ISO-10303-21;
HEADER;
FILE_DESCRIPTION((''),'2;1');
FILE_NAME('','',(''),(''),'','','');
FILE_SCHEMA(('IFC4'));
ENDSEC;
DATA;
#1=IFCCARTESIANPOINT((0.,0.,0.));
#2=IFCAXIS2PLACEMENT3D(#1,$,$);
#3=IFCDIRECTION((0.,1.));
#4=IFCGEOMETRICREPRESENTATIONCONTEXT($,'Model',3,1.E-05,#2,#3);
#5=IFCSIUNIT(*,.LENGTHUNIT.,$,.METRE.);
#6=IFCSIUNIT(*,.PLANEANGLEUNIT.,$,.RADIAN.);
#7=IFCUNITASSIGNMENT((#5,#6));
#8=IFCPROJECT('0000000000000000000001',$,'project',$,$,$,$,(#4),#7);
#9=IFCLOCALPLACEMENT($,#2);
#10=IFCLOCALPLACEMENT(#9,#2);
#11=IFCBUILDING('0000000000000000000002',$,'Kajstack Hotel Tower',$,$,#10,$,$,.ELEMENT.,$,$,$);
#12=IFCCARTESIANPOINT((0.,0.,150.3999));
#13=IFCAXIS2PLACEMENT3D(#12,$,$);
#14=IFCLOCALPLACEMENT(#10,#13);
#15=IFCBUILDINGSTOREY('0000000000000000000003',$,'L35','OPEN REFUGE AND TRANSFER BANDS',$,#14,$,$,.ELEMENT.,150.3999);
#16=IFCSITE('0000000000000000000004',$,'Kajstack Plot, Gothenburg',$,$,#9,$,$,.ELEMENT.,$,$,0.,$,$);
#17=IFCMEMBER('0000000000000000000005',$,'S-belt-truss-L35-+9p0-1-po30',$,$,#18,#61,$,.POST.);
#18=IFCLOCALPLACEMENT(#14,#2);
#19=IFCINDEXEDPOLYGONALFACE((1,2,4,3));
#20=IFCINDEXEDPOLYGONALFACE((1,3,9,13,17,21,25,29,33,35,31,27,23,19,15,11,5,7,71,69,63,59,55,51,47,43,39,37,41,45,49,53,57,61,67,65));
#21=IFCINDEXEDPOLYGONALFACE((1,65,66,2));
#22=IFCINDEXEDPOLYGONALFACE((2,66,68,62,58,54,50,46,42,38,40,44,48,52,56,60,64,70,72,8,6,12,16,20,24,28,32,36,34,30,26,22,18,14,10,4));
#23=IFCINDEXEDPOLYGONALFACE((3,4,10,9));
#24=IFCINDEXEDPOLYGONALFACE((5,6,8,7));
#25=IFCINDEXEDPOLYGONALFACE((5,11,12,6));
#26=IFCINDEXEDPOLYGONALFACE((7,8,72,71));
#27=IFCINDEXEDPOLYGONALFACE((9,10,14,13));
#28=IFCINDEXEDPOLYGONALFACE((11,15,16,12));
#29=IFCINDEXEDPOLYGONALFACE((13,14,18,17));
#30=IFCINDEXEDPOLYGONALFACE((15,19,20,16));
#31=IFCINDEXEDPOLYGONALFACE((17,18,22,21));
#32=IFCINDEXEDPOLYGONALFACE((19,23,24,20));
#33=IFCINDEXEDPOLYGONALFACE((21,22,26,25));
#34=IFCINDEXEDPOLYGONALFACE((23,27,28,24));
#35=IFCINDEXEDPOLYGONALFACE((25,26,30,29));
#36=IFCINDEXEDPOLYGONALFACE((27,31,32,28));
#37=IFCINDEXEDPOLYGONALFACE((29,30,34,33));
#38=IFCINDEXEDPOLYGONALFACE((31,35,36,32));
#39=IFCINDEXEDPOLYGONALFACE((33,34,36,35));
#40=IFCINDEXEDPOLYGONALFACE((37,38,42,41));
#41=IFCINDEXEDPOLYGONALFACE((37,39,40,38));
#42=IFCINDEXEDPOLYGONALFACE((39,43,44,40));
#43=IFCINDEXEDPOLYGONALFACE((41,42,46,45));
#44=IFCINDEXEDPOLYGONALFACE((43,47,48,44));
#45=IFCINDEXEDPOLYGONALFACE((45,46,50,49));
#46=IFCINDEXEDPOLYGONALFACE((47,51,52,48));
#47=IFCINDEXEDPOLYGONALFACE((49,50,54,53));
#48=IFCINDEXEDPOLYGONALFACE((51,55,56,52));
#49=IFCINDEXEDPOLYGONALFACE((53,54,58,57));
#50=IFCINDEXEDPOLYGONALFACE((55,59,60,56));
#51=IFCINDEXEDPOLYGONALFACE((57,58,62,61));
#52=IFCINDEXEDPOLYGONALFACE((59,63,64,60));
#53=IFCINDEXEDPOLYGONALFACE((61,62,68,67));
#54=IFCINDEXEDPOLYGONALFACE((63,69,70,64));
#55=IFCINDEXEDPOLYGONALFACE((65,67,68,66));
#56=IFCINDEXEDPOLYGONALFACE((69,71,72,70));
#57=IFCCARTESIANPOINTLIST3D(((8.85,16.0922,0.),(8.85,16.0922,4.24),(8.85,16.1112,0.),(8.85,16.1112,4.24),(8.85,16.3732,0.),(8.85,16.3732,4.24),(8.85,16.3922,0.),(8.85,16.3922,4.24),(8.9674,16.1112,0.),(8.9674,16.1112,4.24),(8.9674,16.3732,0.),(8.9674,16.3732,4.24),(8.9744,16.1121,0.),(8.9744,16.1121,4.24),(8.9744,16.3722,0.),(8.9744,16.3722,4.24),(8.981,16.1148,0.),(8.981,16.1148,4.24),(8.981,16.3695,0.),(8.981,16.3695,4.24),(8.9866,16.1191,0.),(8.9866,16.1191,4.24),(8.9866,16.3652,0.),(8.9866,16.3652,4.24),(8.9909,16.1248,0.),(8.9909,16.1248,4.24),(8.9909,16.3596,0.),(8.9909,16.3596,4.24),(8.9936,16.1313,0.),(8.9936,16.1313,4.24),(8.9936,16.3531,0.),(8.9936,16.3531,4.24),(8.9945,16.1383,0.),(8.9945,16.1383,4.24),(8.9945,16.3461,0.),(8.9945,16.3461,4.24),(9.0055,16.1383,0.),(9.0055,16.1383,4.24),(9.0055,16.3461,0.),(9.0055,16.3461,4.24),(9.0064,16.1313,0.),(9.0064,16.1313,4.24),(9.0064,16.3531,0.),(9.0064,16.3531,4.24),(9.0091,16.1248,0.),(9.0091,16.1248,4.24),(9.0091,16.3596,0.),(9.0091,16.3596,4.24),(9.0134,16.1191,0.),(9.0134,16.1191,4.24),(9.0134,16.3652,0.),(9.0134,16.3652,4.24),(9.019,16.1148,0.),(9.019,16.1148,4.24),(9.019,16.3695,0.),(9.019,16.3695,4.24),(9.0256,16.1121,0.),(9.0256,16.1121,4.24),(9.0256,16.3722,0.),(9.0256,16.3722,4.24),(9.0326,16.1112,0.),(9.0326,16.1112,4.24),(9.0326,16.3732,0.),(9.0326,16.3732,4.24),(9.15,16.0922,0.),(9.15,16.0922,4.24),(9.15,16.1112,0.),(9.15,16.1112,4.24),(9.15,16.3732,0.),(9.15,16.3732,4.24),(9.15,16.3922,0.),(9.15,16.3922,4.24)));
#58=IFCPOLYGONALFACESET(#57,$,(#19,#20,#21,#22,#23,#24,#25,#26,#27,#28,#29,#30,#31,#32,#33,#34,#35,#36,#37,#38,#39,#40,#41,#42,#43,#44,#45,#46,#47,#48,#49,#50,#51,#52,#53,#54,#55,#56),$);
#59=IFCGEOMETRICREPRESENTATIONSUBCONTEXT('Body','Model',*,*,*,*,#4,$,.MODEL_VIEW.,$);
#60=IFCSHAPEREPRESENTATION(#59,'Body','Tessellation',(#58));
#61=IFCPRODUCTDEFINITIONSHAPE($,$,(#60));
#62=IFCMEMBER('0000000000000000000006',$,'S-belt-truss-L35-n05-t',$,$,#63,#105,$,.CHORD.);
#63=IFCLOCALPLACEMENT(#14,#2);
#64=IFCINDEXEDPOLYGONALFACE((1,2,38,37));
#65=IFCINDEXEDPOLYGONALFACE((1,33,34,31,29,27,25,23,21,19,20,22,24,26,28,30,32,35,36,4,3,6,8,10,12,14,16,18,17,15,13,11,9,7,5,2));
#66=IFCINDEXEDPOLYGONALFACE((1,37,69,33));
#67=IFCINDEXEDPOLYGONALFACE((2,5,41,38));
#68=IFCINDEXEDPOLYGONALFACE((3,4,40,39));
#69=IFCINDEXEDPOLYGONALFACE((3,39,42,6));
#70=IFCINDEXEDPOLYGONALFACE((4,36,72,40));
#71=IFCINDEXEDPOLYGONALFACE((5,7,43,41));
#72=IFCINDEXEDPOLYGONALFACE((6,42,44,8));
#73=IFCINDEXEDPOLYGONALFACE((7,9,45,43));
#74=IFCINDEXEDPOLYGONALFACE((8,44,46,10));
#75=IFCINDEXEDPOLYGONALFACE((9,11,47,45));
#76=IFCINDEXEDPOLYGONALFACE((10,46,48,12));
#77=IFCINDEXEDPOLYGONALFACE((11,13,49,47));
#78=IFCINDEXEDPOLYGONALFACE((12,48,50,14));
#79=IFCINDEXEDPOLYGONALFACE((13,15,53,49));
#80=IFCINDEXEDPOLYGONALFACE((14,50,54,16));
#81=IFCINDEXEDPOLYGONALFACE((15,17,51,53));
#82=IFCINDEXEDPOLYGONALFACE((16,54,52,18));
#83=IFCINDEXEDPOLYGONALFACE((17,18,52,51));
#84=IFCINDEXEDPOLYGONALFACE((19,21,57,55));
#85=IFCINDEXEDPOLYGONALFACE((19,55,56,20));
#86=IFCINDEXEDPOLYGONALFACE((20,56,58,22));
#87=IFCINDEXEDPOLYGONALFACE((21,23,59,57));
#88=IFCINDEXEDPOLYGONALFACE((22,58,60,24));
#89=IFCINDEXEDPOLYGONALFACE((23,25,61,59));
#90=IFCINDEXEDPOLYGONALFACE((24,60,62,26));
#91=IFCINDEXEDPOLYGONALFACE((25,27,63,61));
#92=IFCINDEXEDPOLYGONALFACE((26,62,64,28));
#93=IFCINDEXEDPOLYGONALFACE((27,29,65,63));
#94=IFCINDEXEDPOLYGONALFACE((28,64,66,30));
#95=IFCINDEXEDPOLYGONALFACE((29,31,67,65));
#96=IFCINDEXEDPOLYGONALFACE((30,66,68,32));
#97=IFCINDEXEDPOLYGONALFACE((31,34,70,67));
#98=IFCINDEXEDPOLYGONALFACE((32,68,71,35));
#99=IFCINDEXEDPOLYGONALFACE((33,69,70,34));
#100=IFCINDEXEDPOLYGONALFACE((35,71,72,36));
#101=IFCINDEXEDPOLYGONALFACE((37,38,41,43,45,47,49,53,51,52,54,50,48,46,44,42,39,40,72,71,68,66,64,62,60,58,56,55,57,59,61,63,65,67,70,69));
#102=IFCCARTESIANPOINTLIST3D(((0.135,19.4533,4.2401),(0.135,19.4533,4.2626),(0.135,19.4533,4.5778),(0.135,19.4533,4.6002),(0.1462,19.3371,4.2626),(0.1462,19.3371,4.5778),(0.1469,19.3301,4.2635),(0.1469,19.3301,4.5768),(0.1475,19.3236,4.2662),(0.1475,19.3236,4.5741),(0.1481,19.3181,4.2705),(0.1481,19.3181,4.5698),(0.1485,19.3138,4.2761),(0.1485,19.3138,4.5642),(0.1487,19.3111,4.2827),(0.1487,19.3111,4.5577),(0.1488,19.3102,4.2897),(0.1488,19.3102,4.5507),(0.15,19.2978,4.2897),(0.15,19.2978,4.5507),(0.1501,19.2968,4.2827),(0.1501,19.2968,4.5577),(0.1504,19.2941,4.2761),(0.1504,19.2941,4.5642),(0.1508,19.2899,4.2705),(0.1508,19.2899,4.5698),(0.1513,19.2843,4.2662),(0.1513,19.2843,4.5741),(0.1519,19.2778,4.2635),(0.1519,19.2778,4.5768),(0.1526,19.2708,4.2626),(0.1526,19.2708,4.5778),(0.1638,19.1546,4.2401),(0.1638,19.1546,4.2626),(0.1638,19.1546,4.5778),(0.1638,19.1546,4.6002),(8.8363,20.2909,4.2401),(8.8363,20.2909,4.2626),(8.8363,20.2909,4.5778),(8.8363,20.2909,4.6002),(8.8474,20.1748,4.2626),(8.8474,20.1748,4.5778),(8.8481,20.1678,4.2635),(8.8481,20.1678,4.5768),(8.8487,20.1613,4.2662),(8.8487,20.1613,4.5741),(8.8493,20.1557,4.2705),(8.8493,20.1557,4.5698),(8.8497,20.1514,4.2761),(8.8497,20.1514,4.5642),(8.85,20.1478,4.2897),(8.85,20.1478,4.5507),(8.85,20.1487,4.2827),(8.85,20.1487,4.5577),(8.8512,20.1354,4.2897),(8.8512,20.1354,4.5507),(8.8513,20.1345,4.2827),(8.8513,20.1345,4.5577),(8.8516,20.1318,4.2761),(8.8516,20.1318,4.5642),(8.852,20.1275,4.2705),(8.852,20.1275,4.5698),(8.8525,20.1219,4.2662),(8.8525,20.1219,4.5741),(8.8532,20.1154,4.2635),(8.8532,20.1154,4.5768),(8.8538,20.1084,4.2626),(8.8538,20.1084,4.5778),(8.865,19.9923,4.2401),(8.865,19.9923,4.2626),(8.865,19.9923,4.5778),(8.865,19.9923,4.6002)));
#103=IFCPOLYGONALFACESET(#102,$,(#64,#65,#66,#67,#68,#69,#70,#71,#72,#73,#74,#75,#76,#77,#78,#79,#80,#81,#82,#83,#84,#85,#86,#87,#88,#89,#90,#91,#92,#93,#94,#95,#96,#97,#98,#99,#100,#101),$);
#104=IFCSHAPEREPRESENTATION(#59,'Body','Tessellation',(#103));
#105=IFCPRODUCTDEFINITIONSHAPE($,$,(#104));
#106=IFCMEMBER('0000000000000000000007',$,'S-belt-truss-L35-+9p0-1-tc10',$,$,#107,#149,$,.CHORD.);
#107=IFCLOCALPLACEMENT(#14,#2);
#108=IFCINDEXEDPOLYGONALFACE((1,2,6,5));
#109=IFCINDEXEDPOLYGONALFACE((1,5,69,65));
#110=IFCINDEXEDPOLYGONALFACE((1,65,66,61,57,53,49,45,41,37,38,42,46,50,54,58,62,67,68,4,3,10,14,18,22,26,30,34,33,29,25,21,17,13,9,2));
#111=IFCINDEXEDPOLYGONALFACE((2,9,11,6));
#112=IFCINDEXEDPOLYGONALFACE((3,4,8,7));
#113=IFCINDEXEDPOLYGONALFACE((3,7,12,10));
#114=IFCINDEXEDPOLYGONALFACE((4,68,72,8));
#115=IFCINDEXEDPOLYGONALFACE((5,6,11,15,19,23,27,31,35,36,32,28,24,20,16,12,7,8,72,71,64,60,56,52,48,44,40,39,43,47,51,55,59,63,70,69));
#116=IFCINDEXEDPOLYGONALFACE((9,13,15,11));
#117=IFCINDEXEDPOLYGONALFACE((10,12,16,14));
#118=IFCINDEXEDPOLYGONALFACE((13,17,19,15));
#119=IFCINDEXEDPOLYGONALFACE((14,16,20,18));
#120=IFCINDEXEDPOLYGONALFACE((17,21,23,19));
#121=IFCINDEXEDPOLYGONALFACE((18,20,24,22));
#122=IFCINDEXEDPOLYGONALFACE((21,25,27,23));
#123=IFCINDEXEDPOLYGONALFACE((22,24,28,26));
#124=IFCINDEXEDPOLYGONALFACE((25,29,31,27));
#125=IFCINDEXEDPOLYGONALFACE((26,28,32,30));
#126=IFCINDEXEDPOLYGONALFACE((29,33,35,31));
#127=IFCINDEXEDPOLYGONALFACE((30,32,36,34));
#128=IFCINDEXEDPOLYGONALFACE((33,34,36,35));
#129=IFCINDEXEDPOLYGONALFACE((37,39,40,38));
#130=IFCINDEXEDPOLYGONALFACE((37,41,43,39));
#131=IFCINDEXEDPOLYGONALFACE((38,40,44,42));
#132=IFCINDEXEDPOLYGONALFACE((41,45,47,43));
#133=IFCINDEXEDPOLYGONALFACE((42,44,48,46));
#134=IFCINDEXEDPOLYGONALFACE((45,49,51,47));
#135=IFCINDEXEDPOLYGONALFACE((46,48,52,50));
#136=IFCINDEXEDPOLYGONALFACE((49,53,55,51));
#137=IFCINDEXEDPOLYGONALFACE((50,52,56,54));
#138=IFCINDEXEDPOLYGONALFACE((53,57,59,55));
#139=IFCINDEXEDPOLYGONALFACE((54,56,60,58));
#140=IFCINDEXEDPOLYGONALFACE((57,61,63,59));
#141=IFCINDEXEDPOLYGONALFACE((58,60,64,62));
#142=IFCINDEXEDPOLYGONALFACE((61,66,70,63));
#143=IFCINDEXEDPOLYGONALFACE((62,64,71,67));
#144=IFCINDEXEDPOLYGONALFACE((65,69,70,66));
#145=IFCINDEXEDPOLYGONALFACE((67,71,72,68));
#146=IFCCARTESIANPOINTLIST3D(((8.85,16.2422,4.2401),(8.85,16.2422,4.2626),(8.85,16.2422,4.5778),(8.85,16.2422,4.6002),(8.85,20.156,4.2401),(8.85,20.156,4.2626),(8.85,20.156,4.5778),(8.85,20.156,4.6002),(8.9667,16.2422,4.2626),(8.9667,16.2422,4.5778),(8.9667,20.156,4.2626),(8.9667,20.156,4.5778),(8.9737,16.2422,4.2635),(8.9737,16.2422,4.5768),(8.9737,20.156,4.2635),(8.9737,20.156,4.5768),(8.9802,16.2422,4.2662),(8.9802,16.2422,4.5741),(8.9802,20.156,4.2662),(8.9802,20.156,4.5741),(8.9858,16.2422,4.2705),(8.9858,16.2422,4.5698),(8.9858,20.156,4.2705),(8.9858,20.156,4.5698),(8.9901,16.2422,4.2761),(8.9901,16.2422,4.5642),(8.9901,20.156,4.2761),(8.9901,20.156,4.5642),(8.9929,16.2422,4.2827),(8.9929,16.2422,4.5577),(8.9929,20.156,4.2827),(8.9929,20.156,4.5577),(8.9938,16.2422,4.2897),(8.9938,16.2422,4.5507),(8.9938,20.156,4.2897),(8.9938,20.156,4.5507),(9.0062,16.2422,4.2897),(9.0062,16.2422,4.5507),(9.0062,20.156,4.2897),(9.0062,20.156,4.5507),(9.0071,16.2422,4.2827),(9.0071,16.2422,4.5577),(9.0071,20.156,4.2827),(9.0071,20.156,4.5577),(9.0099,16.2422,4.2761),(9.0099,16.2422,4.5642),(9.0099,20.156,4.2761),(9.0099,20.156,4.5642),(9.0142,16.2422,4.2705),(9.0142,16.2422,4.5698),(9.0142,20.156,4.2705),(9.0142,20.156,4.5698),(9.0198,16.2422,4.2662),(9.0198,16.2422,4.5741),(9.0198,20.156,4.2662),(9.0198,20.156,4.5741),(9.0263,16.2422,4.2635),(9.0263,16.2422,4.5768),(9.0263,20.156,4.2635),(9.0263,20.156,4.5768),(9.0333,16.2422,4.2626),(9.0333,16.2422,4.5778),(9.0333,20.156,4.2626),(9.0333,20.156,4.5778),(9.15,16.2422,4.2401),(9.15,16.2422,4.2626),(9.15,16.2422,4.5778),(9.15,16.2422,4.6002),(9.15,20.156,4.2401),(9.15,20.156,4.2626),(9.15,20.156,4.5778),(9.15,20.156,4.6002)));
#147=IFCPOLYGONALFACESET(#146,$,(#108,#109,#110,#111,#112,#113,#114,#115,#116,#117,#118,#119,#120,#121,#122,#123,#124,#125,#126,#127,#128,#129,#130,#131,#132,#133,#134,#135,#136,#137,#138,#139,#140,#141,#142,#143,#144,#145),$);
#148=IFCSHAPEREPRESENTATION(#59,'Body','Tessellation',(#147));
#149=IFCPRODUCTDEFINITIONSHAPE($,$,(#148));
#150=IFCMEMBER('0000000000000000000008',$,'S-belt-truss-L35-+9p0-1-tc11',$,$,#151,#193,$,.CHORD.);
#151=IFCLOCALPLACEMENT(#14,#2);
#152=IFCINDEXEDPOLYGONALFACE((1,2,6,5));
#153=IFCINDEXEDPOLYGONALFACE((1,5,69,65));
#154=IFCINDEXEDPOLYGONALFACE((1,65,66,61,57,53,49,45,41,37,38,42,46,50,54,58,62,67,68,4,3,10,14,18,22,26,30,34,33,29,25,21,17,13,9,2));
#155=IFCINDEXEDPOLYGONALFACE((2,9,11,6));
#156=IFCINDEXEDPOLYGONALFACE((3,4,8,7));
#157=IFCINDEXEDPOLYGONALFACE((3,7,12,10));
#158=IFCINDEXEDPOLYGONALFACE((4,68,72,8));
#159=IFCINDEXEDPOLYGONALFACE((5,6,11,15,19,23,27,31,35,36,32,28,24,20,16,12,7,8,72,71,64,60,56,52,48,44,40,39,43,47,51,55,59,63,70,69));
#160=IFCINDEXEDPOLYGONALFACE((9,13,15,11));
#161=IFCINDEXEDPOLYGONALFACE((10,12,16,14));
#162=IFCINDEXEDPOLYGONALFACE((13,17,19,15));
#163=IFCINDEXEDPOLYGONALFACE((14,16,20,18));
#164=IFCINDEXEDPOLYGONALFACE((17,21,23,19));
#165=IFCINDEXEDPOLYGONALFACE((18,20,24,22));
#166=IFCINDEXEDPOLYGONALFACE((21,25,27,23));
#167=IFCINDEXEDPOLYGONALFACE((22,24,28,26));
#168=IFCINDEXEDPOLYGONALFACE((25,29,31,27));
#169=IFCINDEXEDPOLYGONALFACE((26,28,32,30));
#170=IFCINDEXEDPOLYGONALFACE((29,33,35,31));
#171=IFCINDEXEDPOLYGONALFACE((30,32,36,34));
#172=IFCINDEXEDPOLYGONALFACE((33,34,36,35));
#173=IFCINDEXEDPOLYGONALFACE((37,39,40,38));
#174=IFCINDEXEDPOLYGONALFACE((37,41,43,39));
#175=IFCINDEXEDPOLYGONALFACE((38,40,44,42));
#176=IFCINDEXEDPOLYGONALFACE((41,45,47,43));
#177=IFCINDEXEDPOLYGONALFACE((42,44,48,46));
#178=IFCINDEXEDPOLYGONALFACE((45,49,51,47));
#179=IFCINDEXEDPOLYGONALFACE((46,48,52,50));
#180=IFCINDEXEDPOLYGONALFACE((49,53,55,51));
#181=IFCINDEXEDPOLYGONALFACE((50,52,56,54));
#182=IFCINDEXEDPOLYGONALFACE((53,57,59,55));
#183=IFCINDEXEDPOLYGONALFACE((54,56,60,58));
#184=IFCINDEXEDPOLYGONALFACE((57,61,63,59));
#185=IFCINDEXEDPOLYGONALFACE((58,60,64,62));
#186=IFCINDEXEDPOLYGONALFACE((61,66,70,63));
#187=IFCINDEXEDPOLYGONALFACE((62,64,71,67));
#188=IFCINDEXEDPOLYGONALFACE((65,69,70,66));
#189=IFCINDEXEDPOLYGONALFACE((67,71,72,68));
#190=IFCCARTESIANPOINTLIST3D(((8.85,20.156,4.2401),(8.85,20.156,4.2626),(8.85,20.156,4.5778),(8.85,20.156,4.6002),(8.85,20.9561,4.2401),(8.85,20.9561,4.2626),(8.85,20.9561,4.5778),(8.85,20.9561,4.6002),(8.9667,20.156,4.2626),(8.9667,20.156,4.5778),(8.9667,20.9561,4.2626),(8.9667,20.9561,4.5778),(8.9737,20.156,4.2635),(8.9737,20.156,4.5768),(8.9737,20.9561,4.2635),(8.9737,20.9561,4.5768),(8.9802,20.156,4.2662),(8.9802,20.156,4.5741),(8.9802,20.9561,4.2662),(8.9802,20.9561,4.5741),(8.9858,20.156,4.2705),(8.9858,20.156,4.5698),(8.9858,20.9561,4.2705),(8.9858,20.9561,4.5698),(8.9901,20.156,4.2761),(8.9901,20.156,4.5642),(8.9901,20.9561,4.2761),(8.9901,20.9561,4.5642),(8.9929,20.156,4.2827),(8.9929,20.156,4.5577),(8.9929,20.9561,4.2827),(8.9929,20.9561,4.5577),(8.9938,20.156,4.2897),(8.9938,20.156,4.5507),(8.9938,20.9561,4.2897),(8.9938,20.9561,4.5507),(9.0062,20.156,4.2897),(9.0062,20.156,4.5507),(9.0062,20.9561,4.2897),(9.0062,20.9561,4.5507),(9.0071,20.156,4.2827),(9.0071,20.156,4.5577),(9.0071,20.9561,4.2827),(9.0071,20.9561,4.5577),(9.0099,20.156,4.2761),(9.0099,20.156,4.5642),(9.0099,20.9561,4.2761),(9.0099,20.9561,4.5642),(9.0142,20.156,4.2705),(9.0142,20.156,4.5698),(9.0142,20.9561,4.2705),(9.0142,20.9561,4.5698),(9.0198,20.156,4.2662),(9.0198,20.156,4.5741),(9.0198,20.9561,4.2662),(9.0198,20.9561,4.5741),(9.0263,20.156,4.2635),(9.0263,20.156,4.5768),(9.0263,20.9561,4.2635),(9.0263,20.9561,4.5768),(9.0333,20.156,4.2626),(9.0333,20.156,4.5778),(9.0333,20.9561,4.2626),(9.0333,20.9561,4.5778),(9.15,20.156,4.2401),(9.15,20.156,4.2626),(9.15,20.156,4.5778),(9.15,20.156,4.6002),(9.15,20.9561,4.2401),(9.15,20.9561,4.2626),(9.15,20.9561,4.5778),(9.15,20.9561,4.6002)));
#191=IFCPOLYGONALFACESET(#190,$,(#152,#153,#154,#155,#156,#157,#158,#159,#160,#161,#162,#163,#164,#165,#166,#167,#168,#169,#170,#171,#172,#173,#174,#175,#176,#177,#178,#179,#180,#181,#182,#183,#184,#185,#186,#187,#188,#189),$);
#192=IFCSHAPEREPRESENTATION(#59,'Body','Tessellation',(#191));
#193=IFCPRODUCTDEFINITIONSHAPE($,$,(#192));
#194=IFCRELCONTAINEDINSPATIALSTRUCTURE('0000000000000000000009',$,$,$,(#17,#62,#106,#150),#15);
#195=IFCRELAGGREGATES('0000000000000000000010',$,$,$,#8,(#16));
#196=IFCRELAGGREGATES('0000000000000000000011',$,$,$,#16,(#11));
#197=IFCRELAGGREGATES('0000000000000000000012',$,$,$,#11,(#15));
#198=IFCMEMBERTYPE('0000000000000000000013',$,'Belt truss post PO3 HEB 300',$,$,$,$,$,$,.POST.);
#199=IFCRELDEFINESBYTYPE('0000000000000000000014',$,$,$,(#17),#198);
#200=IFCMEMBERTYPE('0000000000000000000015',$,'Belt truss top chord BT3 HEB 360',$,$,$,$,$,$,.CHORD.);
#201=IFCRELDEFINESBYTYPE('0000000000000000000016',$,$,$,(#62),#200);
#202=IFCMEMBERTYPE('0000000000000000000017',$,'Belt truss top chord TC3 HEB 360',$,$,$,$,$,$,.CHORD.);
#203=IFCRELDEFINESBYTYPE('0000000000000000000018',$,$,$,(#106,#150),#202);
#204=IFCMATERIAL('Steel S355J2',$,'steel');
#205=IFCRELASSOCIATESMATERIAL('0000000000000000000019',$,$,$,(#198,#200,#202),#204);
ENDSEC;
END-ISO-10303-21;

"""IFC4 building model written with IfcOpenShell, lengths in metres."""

from ifc_helpers import new_model, si_unit, direction, frame, origin, origin_2d, place, context, subcontext, project, spatial, i_section, extrude, material, material_profile, profile_set, type_object, element, save


model = new_model("IFC4")

# Units and contexts
model_context = context("Model", 3, precision=1e-05, world=origin(), true_north=direction((0.0, 1.0)))
body_context = subcontext(model_context, "Body", "Model", "MODEL_VIEW")
ifc_project = project(units=[si_unit("LENGTHUNIT", "METRE"), si_unit("PLANEANGLEUNIT", "RADIAN")], contexts=[model_context])

# Site, building, storey
site_placement = place(None, origin())
site = spatial("IfcSite", under=ifc_project, at=site_placement, Name="Kajstack Plot, Gothenburg", CompositionType="ELEMENT", RefElevation=0.0)
building_placement = place(site_placement, origin())
building = spatial("IfcBuilding", under=site, at=building_placement, Name="Kajstack Hotel Tower", CompositionType="ELEMENT")
storey_placement = place(building_placement, frame((0.0, 0.0, 150.3999)))
storey = spatial("IfcBuildingStorey", under=building, at=storey_placement, Name="L35", Description="OPEN REFUGE AND TRANSFER BANDS", CompositionType="ELEMENT", Elevation=150.3999)

# Members
ifc_material = material(Name="Steel S355J2", Category="steel")
ifc_material_profile_1 = material_profile(ifc_material, i_section(OverallWidth=0.3, OverallDepth=0.3, WebThickness=0.011, FlangeThickness=0.019, FilletRadius=0.0271, at=origin_2d()), Name="HEB 300")
ifc_profile_set_1 = profile_set([ifc_material_profile_1], Name="Steel S355J2")
member_type_1 = type_object("IfcMemberType", Name="Belt truss post PO3 HEB 300", PredefinedType="POST", material=ifc_profile_set_1)
for number, where, z_axis, x_axis, name in (
    (1, (9.0, 16.2422, 0.0), (0.0, 0.0, 1.0), (1.0, 0.0, 0.0), "S-belt-truss-L35-+9p0-1-po30"),
):
    element("IfcMember", number, at=place(storey_placement, frame(where, z_axis=z_axis, x_axis=x_axis)), inside=storey, type_object=member_type_1, Name=name, PredefinedType="POST", context=body_context, shape_type="SweptSolid", body=[
        extrude(i_section(OverallWidth=0.3, OverallDepth=0.3, WebThickness=0.011, FlangeThickness=0.019, FilletRadius=0.0271, at=origin_2d()), origin(), (0.0, 0.0, 1.0), 4.24),
    ])
ifc_material_profile_2 = material_profile(ifc_material, i_section(OverallWidth=0.3, OverallDepth=0.3601, WebThickness=0.0125, FlangeThickness=0.0225, FilletRadius=0.0271, at=origin_2d()), Name="HEB 360")
ifc_profile_set_2 = profile_set([ifc_material_profile_2], Name="Steel S355J2")
member_type_2 = type_object("IfcMemberType", Name="Belt truss top chord BT3 HEB 360", PredefinedType="CHORD", material=ifc_profile_set_2)
member_1_placement = place(storey_placement, frame((0.1494, 19.304, 4.4202), z_axis=(0.995398, 0.095825, 0.0), x_axis=(-0.095825, 0.995398, 0.0)))
element("IfcMember", 2, at=member_1_placement, inside=storey, type_object=member_type_2, Name="S-belt-truss-L35-n05-t", PredefinedType="CHORD", context=body_context, shape_type="SweptSolid", body=[
    extrude(i_section(OverallWidth=0.3, OverallDepth=0.3601, WebThickness=0.0125, FlangeThickness=0.0225, FilletRadius=0.0271, at=origin_2d()), origin(), (0.0, 0.0, 1.0), 8.7415),
])
ifc_material_profile_3 = material_profile(ifc_material, i_section(OverallWidth=0.3, OverallDepth=0.3601, WebThickness=0.0125, FlangeThickness=0.0225, FilletRadius=0.0271, at=origin_2d()), Name="HEB 360")
ifc_profile_set_3 = profile_set([ifc_material_profile_3], Name="Steel S355J2")
member_type_3 = type_object("IfcMemberType", Name="Belt truss top chord TC3 HEB 360", PredefinedType="CHORD", material=ifc_profile_set_3)
member_2_placement = place(storey_placement, frame((9.0, 16.2422, 4.4202), z_axis=(0.0, 1.0, 0.0), x_axis=(-1.0, 0.0, 0.0)))
element("IfcMember", 3, at=member_2_placement, inside=storey, type_object=member_type_3, Name="S-belt-truss-L35-+9p0-1-tc10", PredefinedType="CHORD", context=body_context, shape_type="SweptSolid", body=[
    extrude(i_section(OverallWidth=0.3, OverallDepth=0.3601, WebThickness=0.0125, FlangeThickness=0.0225, FilletRadius=0.0271, at=origin_2d()), origin(), (0.0, 0.0, 1.0), 3.9138),
])
member_3_placement = place(storey_placement, frame((9.0, 20.156, 4.4202), z_axis=(0.0, 1.0, 0.0), x_axis=(-1.0, 0.0, 0.0)))
element("IfcMember", 4, at=member_3_placement, inside=storey, type_object=member_type_3, Name="S-belt-truss-L35-+9p0-1-tc11", PredefinedType="CHORD", context=body_context, shape_type="SweptSolid", body=[
    extrude(i_section(OverallWidth=0.3, OverallDepth=0.3601, WebThickness=0.0125, FlangeThickness=0.0225, FilletRadius=0.0271, at=origin_2d()), origin(), (0.0, 0.0, 1.0), 0.8),
])

save(model, "model.ifc")
